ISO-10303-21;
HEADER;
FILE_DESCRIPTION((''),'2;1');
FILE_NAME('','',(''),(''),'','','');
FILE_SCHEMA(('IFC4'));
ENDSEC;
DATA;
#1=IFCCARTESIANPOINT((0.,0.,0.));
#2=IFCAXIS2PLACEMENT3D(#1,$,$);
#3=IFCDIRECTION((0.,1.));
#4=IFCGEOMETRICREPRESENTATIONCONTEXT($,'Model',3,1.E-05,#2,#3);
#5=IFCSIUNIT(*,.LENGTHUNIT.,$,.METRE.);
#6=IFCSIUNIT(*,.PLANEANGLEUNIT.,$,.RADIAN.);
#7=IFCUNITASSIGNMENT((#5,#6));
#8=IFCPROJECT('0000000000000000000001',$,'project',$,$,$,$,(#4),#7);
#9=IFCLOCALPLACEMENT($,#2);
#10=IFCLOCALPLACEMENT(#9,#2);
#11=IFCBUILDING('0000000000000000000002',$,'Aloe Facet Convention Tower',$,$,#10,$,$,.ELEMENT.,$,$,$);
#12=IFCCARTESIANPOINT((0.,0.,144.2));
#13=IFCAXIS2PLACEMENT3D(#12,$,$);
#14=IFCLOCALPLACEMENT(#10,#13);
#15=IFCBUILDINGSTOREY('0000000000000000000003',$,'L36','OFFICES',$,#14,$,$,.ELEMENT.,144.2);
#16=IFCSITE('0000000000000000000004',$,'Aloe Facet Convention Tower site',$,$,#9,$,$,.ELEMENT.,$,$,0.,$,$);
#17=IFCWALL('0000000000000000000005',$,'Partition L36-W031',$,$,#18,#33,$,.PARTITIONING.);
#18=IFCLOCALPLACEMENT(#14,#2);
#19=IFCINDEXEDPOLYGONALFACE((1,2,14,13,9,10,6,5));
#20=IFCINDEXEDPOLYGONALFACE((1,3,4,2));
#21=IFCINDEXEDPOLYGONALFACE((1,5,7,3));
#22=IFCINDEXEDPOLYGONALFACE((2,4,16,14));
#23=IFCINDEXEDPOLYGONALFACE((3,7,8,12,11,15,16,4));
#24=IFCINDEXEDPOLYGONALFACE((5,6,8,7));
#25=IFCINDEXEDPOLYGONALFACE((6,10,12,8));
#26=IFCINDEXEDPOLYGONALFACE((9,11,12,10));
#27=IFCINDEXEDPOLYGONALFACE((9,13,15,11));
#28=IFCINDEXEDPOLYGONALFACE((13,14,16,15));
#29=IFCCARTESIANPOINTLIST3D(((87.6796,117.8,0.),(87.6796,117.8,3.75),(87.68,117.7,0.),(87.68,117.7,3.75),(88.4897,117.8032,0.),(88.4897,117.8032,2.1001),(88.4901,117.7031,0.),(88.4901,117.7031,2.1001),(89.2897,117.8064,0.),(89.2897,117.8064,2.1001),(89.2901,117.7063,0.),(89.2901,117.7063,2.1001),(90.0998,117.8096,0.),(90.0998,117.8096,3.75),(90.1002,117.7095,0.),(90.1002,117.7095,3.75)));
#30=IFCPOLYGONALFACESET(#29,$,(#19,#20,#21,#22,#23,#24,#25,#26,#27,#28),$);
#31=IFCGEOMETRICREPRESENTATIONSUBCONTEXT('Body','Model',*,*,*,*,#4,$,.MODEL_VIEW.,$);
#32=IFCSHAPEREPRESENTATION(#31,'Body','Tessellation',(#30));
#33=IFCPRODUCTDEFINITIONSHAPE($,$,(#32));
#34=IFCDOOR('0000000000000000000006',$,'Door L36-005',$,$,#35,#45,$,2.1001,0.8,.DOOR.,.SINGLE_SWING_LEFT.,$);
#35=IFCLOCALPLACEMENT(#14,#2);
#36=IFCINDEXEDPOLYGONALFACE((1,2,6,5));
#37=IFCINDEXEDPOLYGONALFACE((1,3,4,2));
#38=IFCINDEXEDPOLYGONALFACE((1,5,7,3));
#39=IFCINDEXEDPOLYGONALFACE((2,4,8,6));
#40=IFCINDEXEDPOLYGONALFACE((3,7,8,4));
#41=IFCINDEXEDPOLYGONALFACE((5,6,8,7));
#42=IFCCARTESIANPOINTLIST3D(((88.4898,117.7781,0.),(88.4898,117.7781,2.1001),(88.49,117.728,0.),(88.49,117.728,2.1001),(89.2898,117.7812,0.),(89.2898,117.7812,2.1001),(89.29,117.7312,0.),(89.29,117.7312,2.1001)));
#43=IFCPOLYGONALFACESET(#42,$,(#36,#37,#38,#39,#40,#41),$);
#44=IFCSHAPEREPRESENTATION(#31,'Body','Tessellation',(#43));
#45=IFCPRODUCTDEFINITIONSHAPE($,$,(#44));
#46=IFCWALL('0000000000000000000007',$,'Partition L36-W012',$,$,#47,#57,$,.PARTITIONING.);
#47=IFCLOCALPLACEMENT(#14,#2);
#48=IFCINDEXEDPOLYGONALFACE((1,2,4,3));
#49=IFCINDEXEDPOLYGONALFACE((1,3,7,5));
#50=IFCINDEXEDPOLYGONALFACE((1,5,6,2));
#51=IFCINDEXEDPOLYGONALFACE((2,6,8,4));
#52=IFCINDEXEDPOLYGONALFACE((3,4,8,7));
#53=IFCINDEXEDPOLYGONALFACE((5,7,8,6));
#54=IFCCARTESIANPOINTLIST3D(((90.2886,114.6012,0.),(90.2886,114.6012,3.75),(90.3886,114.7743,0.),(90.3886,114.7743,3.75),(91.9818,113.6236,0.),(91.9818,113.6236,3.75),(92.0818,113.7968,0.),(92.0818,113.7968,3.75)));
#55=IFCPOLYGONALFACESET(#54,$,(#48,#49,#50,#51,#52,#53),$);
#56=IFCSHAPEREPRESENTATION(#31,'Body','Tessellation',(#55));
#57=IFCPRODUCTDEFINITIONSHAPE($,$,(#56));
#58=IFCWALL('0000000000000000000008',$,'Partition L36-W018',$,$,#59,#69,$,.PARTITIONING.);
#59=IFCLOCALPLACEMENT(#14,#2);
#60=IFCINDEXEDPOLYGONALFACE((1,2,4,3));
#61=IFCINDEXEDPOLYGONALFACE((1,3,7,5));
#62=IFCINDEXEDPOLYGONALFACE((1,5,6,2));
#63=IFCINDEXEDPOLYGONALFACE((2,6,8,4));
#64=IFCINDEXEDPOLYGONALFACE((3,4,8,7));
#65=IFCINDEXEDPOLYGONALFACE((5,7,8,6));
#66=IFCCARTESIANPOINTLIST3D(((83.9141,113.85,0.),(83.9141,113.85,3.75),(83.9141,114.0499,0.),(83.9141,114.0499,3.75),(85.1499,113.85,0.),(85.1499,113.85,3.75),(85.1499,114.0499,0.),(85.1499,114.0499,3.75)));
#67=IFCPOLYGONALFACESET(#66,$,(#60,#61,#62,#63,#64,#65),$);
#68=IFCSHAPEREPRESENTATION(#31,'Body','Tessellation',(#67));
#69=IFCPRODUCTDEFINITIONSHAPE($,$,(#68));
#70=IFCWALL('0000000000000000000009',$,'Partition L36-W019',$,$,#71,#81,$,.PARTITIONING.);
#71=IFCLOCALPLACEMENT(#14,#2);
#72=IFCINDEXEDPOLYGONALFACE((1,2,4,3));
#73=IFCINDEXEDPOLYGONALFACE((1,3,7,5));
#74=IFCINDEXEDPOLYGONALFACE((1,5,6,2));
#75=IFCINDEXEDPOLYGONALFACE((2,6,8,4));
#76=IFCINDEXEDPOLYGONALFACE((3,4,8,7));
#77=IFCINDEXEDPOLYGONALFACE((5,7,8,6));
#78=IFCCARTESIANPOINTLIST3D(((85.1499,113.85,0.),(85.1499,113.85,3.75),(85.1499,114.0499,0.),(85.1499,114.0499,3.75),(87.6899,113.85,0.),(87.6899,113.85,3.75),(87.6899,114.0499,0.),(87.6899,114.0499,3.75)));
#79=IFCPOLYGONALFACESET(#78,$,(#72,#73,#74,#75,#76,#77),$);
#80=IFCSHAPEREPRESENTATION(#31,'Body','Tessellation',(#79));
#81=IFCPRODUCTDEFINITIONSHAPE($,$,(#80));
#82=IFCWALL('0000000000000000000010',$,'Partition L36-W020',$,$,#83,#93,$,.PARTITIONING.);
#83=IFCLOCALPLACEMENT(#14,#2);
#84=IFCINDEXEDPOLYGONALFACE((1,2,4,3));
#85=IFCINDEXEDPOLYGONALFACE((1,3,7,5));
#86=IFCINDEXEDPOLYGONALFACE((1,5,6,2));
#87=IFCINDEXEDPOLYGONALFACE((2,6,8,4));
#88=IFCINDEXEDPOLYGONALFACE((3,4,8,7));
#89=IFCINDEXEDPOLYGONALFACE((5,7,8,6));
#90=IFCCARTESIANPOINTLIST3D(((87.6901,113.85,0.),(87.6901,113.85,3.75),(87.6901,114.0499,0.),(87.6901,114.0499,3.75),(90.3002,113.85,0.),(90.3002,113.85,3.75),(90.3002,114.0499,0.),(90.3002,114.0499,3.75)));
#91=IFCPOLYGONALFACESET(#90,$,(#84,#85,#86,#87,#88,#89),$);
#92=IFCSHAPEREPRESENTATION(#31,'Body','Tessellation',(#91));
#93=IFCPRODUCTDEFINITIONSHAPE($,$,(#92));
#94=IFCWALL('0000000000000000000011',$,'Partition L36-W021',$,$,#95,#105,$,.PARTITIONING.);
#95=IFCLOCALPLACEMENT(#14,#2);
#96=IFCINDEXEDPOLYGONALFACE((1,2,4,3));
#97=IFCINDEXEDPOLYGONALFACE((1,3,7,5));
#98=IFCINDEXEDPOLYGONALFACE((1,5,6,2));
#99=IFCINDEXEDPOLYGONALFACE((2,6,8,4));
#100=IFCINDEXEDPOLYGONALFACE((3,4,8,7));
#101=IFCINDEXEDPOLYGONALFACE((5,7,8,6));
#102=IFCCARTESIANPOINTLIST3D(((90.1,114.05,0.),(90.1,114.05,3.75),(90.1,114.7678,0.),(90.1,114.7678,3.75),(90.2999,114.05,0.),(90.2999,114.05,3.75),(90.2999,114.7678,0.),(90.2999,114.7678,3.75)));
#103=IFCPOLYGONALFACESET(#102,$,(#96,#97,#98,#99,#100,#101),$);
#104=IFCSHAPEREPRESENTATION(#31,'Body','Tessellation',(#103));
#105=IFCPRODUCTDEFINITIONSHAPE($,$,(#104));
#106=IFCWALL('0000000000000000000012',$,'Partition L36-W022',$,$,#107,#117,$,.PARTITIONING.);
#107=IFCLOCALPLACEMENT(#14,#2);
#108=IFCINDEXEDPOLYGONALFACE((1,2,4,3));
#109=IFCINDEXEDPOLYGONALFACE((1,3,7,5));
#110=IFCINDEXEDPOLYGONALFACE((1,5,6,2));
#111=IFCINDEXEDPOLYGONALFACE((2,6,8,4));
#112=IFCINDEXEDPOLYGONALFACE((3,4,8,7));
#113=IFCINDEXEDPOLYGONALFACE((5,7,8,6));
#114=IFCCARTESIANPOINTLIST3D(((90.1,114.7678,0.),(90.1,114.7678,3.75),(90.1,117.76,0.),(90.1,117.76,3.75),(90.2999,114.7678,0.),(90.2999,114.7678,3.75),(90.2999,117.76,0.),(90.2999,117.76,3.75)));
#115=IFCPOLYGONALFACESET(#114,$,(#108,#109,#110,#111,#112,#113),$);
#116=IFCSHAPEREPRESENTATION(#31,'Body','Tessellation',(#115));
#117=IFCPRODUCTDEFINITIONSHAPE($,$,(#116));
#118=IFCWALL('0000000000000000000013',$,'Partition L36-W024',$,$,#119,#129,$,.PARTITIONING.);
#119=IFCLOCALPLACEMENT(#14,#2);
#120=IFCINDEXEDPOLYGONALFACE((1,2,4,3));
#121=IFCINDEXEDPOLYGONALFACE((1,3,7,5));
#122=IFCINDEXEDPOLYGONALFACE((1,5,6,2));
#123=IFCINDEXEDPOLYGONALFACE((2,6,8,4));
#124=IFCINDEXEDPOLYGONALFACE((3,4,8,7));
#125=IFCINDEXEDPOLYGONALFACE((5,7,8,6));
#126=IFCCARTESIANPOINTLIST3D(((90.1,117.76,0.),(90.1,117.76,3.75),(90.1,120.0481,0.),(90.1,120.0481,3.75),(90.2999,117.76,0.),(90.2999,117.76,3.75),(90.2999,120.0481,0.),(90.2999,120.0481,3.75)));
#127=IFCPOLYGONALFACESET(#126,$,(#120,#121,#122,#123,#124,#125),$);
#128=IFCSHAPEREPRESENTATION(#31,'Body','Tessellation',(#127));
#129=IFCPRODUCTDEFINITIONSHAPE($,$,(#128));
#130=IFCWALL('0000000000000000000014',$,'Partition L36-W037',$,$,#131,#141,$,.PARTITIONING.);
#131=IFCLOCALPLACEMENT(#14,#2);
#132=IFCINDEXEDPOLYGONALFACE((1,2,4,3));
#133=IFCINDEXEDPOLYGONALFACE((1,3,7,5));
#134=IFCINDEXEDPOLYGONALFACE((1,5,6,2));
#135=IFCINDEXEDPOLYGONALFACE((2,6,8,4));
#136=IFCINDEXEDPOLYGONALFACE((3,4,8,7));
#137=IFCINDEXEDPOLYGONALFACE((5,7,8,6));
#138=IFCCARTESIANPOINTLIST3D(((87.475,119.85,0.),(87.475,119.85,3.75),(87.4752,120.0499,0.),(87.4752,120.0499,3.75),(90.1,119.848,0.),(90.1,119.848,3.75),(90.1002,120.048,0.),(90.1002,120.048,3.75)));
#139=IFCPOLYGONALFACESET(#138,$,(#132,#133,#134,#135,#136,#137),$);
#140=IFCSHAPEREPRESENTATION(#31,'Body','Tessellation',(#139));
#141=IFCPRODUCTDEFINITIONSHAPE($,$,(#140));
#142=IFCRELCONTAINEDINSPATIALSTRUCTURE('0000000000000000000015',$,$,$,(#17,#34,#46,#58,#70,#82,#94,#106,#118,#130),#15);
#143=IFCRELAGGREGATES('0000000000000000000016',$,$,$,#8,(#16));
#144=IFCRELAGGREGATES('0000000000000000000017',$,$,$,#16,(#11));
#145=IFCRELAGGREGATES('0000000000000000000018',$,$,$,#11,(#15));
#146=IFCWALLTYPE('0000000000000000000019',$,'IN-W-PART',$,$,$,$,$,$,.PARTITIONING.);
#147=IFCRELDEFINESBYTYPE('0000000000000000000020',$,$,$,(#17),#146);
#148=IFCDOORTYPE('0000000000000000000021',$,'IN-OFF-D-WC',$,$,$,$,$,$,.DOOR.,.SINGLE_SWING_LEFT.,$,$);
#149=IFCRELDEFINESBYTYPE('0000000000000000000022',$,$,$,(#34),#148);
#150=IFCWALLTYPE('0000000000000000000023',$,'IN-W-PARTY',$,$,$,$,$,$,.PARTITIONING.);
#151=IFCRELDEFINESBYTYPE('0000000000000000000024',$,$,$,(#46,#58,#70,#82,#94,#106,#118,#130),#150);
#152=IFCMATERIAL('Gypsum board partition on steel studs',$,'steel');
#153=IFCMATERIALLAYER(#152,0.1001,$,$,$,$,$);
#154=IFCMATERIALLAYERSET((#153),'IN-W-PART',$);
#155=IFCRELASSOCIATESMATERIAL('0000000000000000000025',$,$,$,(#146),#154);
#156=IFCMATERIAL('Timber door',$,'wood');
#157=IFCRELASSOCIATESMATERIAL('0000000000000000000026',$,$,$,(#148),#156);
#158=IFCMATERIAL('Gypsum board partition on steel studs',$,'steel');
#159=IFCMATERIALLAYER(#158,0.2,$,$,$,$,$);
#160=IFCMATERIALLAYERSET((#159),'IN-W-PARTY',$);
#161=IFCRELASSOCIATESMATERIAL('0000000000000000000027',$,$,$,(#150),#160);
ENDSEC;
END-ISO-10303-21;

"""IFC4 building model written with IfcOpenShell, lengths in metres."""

from ifc_helpers import new_model, si_unit, direction, frame, frame_2d, origin, place, context, subcontext, project, spatial, rectangle, extrude, material, layer, layer_set, type_object, element, fill, save


model = new_model("IFC4")

# Units and contexts
model_context = context("Model", 3, precision=1e-05, world=origin(), true_north=direction((0.0, 1.0)))
body_context = subcontext(model_context, "Body", "Model", "MODEL_VIEW")
ifc_project = project(units=[si_unit("LENGTHUNIT", "METRE"), si_unit("PLANEANGLEUNIT", "RADIAN")], contexts=[model_context])

# Site, building, storey
site_placement = place(None, origin())
site = spatial("IfcSite", under=ifc_project, at=site_placement, Name="Aloe Facet Convention Tower site", CompositionType="ELEMENT", RefElevation=0.0)
building_placement = place(site_placement, origin())
building = spatial("IfcBuilding", under=site, at=building_placement, Name="Aloe Facet Convention Tower", CompositionType="ELEMENT")
storey_placement = place(building_placement, frame((0.0, 0.0, 144.2)))
storey = spatial("IfcBuildingStorey", under=building, at=storey_placement, Name="L36", Description="OFFICES", CompositionType="ELEMENT", Elevation=144.2)

# Shared definitions
ifc_material_1 = material(Name="Gypsum board partition on steel studs", Category="steel")
ifc_layer_1 = layer(ifc_material_1, 0.1001)
ifc_layer_set_1 = layer_set([ifc_layer_1], Name="IN-W-PART")
wall_type_1 = type_object("IfcWallType", Name="IN-W-PART", PredefinedType="PARTITIONING", material=ifc_layer_set_1)

# Wall, opening, door
ifc_material_2 = material(Name="Timber door", Category="wood")
door_type_1 = type_object("IfcDoorType", Name="IN-OFF-D-WC", OperationType="SINGLE_SWING_LEFT", PredefinedType="DOOR", material=ifc_material_2)
wall_1_placement = place(storey_placement, frame((87.6799, 117.75, 0.0), z_axis=(0.0, 0.0, 1.0), x_axis=(0.999992, 0.003934, 0.0)))
wall_1 = element("IfcWall", 1, at=wall_1_placement, inside=storey, type_object=wall_type_1, Name="Partition L36-W031", PredefinedType="PARTITIONING", context=body_context, shape_type="SweptSolid", body=[
    extrude(rectangle(XDim=2.4202, YDim=0.1001, at=frame_2d((1.21, 0.0))), origin(), (0.0, 0.0, 1.0), 3.75),
])
opening_1_placement = place(wall_1_placement, frame((0.8101, 0.0, 0.0)))
opening_1 = element("IfcOpeningElement", 2, at=opening_1_placement, cuts=wall_1, PredefinedType="OPENING", context=body_context, shape_type="SweptSolid", body=[
    extrude(rectangle(XDim=0.8, YDim=2.1001, at=frame_2d((0.3999, 1.05))), frame((0.0, 0.0601, 0.0), z_axis=(0.0, -1.0, 0.0), x_axis=(1.0, 0.0, 0.0)), (0.0, 0.0, 1.0), 0.1201),
])
door_1_placement = place(opening_1_placement, origin())
door_1 = element("IfcDoor", 3, at=door_1_placement, inside=storey, type_object=door_type_1, Name="Door L36-005", OperationType="SINGLE_SWING_LEFT", OverallHeight=2.1001, OverallWidth=0.8, PredefinedType="DOOR", context=body_context, shape_type="SweptSolid", body=[
    extrude(rectangle(XDim=0.8, YDim=2.1001, at=frame_2d((0.3999, 1.05))), frame((0.0, 0.0249, 0.0), z_axis=(0.0, -1.0, 0.0), x_axis=(1.0, 0.0, 0.0)), (0.0, 0.0, 1.0), 0.05),
])
fill(opening_1, door_1)

# Walls
ifc_material_3 = material(Name="Gypsum board partition on steel studs", Category="steel")
ifc_layer_2 = layer(ifc_material_3, 0.2)
ifc_layer_set_2 = layer_set([ifc_layer_2], Name="IN-W-PARTY")
wall_type_2 = type_object("IfcWallType", Name="IN-W-PARTY", PredefinedType="PARTITIONING", material=ifc_layer_set_2)
wall_2_placement = place(storey_placement, frame((90.3386, 114.6877, 0.0), z_axis=(0.0, 0.0, 1.0), x_axis=(0.866021, -0.500007, 0.0)))
element("IfcWall", 4, at=wall_2_placement, inside=storey, type_object=wall_type_2, Name="Partition L36-W012", PredefinedType="PARTITIONING", context=body_context, shape_type="SweptSolid", body=[
    extrude(rectangle(XDim=1.9551, YDim=0.2, at=frame_2d((0.9775, 0.0))), origin(), (0.0, 0.0, 1.0), 3.75),
])
wall_3_placement = place(storey_placement, frame((83.9141, 113.95, 0.0), z_axis=(0.0, 0.0, 1.0), x_axis=(1.0, 0.0, 0.0)))
element("IfcWall", 5, at=wall_3_placement, inside=storey, type_object=wall_type_2, Name="Partition L36-W018", PredefinedType="PARTITIONING", context=body_context, shape_type="SweptSolid", body=[
    extrude(rectangle(XDim=1.2358, YDim=0.2, at=frame_2d((0.6179, 0.0))), origin(), (0.0, 0.0, 1.0), 3.75),
])
wall_4_placement = place(storey_placement, frame((85.1499, 113.95, 0.0), z_axis=(0.0, 0.0, 1.0), x_axis=(1.0, 0.0, 0.0)))
element("IfcWall", 6, at=wall_4_placement, inside=storey, type_object=wall_type_2, Name="Partition L36-W019", PredefinedType="PARTITIONING", context=body_context, shape_type="SweptSolid", body=[
    extrude(rectangle(XDim=2.54, YDim=0.2, at=frame_2d((1.27, 0.0))), origin(), (0.0, 0.0, 1.0), 3.75),
])
wall_5_placement = place(storey_placement, frame((87.6899, 113.95, 0.0), z_axis=(0.0, 0.0, 1.0), x_axis=(1.0, 0.0, 0.0)))
element("IfcWall", 7, at=wall_5_placement, inside=storey, type_object=wall_type_2, Name="Partition L36-W020", PredefinedType="PARTITIONING", context=body_context, shape_type="SweptSolid", body=[
    extrude(rectangle(XDim=2.6101, YDim=0.2, at=frame_2d((1.3052, 0.0))), origin(), (0.0, 0.0, 1.0), 3.75),
])
wall_6_placement = place(storey_placement, frame((90.2, 114.05, 0.0), z_axis=(0.0, 0.0, 1.0), x_axis=(0.0, 1.0, 0.0)))
element("IfcWall", 8, at=wall_6_placement, inside=storey, type_object=wall_type_2, Name="Partition L36-W021", PredefinedType="PARTITIONING", context=body_context, shape_type="SweptSolid", body=[
    extrude(rectangle(XDim=0.7178, YDim=0.2, at=frame_2d((0.3589, 0.0))), origin(), (0.0, 0.0, 1.0), 3.75),
])
wall_7_placement = place(storey_placement, frame((90.2, 114.7678, 0.0), z_axis=(0.0, 0.0, 1.0), x_axis=(0.0, 1.0, 0.0)))
element("IfcWall", 9, at=wall_7_placement, inside=storey, type_object=wall_type_2, Name="Partition L36-W022", PredefinedType="PARTITIONING", context=body_context, shape_type="SweptSolid", body=[
    extrude(rectangle(XDim=2.9922, YDim=0.2, at=frame_2d((1.4961, 0.0))), origin(), (0.0, 0.0, 1.0), 3.75),
])
wall_8_placement = place(storey_placement, frame((90.2, 117.76, 0.0), z_axis=(0.0, 0.0, 1.0), x_axis=(0.0, 1.0, 0.0)))
element("IfcWall", 10, at=wall_8_placement, inside=storey, type_object=wall_type_2, Name="Partition L36-W024", PredefinedType="PARTITIONING", context=body_context, shape_type="SweptSolid", body=[
    extrude(rectangle(XDim=2.2881, YDim=0.2, at=frame_2d((1.144, 0.0))), origin(), (0.0, 0.0, 1.0), 3.75),
])
wall_9_placement = place(storey_placement, frame((87.4751, 119.95, 0.0), z_axis=(0.0, 0.0, 1.0), x_axis=(1.0, -0.000744, 0.0)))
element("IfcWall", 11, at=wall_9_placement, inside=storey, type_object=wall_type_2, Name="Partition L36-W037", PredefinedType="PARTITIONING", context=body_context, shape_type="SweptSolid", body=[
    extrude(rectangle(XDim=2.625, YDim=0.2, at=frame_2d((1.3125, 0.0))), origin(), (0.0, 0.0, 1.0), 3.75),
])

save(model, "model.ifc")
